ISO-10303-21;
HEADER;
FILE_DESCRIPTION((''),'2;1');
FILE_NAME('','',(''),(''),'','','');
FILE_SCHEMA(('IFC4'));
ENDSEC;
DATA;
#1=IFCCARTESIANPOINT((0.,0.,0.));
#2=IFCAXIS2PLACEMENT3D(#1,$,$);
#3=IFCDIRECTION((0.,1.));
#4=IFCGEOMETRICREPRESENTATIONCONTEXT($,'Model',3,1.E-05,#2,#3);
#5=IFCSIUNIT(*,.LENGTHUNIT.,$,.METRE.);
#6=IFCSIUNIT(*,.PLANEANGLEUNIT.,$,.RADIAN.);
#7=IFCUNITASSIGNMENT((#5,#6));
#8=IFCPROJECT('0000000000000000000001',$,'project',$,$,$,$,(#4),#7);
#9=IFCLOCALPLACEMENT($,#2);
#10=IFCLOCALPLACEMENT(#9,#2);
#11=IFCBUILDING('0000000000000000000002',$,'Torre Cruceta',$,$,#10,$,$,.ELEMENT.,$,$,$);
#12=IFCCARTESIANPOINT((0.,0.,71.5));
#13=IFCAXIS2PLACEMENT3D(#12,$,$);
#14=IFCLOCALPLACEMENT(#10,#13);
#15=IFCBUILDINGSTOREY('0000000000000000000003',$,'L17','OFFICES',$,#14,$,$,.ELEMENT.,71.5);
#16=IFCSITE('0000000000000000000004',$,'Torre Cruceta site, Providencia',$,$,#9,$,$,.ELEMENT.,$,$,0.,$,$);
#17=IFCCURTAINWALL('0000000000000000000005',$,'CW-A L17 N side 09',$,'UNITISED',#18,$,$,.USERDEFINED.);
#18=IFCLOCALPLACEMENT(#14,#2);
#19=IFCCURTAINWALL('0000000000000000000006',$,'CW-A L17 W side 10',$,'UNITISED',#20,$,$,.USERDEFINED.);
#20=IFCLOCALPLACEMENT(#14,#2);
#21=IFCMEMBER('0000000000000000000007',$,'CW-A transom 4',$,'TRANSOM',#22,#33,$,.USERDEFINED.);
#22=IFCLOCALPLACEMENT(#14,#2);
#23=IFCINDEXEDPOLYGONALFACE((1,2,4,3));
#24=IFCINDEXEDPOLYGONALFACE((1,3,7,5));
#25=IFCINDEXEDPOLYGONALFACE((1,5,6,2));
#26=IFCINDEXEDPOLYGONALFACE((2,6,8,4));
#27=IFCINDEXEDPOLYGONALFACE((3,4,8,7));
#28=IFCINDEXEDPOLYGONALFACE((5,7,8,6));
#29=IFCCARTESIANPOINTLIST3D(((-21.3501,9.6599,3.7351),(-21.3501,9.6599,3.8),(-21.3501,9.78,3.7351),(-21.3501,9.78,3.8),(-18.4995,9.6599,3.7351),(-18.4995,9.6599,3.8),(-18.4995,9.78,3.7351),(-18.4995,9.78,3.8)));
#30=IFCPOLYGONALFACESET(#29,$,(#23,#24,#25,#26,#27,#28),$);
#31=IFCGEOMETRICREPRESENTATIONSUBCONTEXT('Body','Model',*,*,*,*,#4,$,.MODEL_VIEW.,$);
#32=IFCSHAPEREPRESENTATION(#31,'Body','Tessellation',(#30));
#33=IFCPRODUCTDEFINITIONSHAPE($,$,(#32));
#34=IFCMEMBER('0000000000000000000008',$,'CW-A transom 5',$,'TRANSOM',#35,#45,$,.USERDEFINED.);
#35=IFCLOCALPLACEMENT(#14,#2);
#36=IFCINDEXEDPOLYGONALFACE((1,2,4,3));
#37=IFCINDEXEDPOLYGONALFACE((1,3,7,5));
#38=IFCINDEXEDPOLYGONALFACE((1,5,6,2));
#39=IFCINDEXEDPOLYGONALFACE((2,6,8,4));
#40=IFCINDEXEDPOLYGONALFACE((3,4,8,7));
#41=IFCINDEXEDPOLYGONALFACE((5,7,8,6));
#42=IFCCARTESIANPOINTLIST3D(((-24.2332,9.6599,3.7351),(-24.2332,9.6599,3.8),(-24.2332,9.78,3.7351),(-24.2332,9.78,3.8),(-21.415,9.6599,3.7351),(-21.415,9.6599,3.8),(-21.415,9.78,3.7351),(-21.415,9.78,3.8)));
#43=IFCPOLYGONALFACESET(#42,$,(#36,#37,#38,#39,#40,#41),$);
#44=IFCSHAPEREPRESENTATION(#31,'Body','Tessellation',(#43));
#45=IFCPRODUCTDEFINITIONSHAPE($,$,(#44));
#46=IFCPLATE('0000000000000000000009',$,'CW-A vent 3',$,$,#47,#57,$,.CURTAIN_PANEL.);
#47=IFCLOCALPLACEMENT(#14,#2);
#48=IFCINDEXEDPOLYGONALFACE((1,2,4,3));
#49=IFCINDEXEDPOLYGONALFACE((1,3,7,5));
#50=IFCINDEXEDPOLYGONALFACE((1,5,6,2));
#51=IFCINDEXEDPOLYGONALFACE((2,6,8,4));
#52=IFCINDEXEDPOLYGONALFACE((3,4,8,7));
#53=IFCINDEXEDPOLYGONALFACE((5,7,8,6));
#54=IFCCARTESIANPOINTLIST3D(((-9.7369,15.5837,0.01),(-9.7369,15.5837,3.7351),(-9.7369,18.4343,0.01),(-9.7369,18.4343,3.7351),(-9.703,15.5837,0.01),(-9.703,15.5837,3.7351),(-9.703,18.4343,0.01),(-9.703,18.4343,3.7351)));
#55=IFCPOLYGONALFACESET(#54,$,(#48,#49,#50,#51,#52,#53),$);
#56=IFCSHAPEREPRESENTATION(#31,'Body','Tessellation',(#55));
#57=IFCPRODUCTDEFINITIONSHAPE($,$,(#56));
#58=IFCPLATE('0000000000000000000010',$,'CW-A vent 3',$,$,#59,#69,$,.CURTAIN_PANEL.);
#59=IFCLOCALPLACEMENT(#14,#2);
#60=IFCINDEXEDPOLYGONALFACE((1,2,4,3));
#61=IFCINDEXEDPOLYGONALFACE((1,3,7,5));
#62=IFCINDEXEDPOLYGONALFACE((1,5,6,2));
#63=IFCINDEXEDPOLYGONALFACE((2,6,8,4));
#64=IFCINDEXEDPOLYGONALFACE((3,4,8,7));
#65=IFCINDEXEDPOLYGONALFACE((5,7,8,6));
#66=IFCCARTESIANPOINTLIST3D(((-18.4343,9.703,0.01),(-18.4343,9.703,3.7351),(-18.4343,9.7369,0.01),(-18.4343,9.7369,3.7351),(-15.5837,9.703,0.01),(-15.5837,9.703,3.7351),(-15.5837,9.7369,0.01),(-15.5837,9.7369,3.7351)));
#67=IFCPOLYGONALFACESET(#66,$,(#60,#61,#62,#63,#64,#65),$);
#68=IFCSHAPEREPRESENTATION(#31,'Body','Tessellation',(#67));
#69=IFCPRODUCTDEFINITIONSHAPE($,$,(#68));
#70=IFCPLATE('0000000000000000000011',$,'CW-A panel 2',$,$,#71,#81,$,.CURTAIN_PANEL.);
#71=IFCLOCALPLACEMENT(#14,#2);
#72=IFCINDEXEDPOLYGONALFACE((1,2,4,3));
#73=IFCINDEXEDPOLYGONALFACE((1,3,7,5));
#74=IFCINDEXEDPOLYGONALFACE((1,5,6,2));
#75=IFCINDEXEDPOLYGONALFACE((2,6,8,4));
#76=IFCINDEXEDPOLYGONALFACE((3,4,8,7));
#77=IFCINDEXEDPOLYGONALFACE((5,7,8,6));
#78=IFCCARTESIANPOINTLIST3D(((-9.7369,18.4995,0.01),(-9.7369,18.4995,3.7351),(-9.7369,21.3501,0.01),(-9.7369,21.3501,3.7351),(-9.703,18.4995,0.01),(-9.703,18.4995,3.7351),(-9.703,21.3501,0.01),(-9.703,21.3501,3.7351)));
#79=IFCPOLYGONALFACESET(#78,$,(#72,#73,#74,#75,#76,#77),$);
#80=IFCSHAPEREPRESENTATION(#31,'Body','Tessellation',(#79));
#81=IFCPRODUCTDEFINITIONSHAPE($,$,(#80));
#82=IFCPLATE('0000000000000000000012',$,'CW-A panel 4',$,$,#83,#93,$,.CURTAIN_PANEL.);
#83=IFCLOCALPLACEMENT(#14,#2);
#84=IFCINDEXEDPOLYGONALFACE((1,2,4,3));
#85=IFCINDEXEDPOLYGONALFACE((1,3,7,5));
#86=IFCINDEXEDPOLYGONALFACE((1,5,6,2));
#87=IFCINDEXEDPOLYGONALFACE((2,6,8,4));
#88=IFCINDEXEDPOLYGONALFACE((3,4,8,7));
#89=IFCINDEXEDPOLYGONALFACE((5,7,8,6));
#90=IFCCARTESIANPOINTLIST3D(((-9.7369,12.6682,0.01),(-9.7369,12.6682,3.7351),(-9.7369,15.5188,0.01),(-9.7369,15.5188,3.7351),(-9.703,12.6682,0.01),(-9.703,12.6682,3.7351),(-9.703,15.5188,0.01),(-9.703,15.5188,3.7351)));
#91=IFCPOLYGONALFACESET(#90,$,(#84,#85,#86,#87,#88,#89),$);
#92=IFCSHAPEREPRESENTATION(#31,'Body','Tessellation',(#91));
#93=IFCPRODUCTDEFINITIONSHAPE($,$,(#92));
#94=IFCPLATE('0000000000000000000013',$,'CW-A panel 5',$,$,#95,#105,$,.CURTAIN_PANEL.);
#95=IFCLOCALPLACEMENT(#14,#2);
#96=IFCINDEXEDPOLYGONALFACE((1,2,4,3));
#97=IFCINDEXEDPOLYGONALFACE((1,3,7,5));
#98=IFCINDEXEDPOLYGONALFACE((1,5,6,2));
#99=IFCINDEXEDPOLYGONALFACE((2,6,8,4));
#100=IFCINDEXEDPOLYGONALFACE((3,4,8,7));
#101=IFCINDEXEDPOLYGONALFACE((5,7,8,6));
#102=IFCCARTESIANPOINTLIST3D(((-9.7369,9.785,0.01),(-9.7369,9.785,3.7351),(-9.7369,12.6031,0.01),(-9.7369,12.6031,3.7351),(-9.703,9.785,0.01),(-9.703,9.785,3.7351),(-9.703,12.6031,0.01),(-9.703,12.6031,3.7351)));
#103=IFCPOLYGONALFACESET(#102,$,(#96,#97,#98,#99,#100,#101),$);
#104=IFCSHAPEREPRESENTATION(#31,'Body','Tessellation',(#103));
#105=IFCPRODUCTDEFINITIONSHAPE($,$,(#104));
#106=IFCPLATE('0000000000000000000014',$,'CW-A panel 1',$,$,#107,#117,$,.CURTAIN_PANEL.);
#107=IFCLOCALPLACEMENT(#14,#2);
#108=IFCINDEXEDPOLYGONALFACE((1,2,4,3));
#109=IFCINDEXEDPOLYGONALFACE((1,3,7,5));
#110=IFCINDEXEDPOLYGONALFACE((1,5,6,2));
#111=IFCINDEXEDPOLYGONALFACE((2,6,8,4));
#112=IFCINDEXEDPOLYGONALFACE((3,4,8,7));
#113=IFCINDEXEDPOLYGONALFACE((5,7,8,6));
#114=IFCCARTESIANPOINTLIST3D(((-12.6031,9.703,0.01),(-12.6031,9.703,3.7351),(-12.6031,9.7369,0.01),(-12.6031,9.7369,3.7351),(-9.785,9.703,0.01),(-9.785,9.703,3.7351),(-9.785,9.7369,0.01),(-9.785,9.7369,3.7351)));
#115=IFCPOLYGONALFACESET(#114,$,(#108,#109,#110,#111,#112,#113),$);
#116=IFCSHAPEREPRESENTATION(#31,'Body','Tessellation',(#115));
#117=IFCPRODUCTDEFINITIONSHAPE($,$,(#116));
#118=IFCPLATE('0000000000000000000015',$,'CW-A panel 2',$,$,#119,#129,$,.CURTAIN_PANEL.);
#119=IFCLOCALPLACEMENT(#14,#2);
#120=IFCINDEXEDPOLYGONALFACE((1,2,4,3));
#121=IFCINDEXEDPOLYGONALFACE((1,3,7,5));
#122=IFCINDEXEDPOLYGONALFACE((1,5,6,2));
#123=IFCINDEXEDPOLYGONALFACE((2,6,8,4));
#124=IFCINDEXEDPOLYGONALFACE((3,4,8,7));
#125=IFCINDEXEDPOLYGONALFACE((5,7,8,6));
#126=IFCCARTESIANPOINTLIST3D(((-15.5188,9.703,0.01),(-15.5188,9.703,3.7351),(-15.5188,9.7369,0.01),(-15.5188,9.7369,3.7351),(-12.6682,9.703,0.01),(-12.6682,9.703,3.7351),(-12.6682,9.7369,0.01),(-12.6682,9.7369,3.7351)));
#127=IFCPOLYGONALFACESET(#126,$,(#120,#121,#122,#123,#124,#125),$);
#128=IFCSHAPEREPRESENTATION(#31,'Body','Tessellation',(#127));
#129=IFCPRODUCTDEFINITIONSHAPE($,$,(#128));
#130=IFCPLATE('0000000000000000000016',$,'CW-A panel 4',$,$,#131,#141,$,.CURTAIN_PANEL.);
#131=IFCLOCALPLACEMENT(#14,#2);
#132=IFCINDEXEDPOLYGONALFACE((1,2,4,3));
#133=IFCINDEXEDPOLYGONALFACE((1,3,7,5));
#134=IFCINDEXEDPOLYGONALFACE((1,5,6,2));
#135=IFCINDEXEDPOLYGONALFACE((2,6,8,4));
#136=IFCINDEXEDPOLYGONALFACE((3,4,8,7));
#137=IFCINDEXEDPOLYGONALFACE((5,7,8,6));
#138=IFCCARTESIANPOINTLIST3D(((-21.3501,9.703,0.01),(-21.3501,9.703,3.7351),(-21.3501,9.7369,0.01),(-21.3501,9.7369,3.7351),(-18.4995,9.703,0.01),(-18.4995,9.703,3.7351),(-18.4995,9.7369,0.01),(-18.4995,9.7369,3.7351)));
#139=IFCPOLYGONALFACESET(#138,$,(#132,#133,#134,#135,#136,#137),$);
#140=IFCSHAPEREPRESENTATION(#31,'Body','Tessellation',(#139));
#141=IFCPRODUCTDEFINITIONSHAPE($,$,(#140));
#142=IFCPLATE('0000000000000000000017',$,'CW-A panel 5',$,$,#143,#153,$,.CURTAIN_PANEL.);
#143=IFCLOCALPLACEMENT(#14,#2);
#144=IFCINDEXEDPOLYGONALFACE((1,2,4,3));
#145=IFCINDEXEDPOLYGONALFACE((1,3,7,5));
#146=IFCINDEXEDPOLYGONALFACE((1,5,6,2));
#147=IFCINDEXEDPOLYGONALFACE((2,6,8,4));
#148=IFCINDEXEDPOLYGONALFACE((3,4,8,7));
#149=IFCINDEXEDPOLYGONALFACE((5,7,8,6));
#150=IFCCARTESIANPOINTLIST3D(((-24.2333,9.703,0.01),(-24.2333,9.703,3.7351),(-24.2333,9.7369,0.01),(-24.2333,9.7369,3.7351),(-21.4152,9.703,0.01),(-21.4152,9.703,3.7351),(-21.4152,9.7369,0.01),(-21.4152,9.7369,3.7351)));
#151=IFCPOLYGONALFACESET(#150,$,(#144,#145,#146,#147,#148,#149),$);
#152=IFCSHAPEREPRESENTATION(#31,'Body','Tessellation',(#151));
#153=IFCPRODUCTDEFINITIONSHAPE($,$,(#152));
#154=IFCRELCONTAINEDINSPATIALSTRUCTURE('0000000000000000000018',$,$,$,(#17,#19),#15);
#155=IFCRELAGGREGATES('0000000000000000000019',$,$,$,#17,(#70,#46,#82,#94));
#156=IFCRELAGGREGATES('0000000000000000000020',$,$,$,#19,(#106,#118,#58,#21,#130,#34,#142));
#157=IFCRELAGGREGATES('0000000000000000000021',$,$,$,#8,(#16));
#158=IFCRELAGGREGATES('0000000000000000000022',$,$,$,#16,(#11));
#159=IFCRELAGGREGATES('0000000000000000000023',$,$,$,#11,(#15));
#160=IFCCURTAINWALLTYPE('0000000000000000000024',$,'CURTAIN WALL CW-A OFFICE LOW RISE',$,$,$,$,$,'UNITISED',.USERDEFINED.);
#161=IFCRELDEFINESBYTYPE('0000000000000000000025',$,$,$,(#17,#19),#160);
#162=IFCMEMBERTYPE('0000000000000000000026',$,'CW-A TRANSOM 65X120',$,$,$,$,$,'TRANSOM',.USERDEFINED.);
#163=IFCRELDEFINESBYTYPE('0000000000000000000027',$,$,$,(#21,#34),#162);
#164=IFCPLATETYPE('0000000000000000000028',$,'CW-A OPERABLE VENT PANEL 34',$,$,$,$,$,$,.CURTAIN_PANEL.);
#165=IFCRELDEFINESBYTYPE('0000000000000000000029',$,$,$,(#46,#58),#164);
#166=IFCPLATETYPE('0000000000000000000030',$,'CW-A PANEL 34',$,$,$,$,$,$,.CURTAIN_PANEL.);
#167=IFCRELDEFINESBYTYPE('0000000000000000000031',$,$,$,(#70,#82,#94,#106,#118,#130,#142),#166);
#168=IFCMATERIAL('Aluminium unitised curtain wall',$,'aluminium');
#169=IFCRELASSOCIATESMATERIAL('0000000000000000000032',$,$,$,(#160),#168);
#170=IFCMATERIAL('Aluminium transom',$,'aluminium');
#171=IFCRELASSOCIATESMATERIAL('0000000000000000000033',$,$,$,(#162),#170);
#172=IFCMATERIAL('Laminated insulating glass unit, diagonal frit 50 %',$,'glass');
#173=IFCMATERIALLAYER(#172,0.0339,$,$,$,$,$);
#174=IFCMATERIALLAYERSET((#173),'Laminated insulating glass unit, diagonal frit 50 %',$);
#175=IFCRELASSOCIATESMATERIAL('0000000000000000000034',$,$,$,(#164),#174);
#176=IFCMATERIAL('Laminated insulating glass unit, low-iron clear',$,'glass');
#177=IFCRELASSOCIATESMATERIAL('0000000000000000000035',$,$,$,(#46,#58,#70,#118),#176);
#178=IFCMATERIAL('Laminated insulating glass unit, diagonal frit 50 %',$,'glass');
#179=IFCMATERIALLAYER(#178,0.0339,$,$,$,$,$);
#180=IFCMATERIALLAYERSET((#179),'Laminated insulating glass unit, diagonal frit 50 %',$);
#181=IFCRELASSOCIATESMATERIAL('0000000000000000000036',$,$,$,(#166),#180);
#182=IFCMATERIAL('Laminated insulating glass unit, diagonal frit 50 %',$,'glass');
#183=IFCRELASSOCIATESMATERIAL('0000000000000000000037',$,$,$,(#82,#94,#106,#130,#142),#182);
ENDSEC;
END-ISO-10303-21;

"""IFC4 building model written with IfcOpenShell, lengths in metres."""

from ifc_helpers import new_model, si_unit, direction, frame, origin, origin_2d, place, context, subcontext, project, spatial, rectangle, extrude, material, layer, layer_set, material_profile, profile_set, type_object, element, aggregate, save


model = new_model("IFC4")

# Units and contexts
model_context = context("Model", 3, precision=1e-05, world=origin(), true_north=direction((0.0, 1.0)))
body_context = subcontext(model_context, "Body", "Model", "MODEL_VIEW")
ifc_project = project(units=[si_unit("LENGTHUNIT", "METRE"), si_unit("PLANEANGLEUNIT", "RADIAN")], contexts=[model_context])

# Site, building, storey
site_placement = place(None, origin())
site = spatial("IfcSite", under=ifc_project, at=site_placement, Name="Torre Cruceta site, Providencia", CompositionType="ELEMENT", RefElevation=0.0)
building_placement = place(site_placement, origin())
building = spatial("IfcBuilding", under=site, at=building_placement, Name="Torre Cruceta", CompositionType="ELEMENT")
storey_placement = place(building_placement, frame((0.0, 0.0, 71.5)))
storey = spatial("IfcBuildingStorey", under=building, at=storey_placement, Name="L17", Description="OFFICES", CompositionType="ELEMENT", Elevation=71.5)

# Curtain walls
ifc_material_1 = material(Name="Aluminium unitised curtain wall", Category="aluminium")
curtain_wall_type = type_object("IfcCurtainWallType", Name="CURTAIN WALL CW-A OFFICE LOW RISE", ElementType="UNITISED", PredefinedType="USERDEFINED", material=ifc_material_1)
curtain_wall_1_placement = place(storey_placement, origin())
curtain_wall_1 = element("IfcCurtainWall", 1, at=curtain_wall_1_placement, inside=storey, type_object=curtain_wall_type, Name="CW-A L17 N side 09", ObjectType="UNITISED", PredefinedType="USERDEFINED")
curtain_wall_2_placement = place(storey_placement, origin())
curtain_wall_2 = element("IfcCurtainWall", 2, at=curtain_wall_2_placement, inside=storey, type_object=curtain_wall_type, Name="CW-A L17 W side 10", ObjectType="UNITISED", PredefinedType="USERDEFINED")

# Members
ifc_material_2 = material(Name="Aluminium transom", Category="aluminium")
ifc_material_profile_1 = material_profile(ifc_material_2, rectangle(XDim=0.1201, YDim=0.0649, at=origin_2d()), Name="AL 120X65")
ifc_profile_set_1 = profile_set([ifc_material_profile_1], Name="Aluminium transom")
member_type_1 = type_object("IfcMemberType", Name="CW-A TRANSOM 65X120", ElementType="TRANSOM", PredefinedType="USERDEFINED", material=ifc_profile_set_1)
member_1_placement = place(storey_placement, frame((-18.4995, 9.72, 3.7676), z_axis=(-1.0, 0.0, 0.0), x_axis=(0.0, -1.0, 0.0)))
member_1 = element("IfcMember", 3, at=member_1_placement, type_object=member_type_1, Name="CW-A transom 4", ObjectType="TRANSOM", PredefinedType="USERDEFINED", context=body_context, shape_type="SweptSolid", body=[
    extrude(rectangle(XDim=0.1201, YDim=0.0649, at=origin_2d()), origin(), (0.0, 0.0, 1.0), 2.8506),
])
member_2_placement = place(storey_placement, frame((-21.415, 9.72, 3.7676), z_axis=(-1.0, 0.0, 0.0), x_axis=(0.0, -1.0, 0.0)))
member_2 = element("IfcMember", 4, at=member_2_placement, type_object=member_type_1, Name="CW-A transom 5", ObjectType="TRANSOM", PredefinedType="USERDEFINED", context=body_context, shape_type="SweptSolid", body=[
    extrude(rectangle(XDim=0.1201, YDim=0.0649, at=origin_2d()), origin(), (0.0, 0.0, 1.0), 2.8181),
])

# Plates
ifc_material_3 = material(Name="Laminated insulating glass unit, low-iron clear", Category="glass")
ifc_material_4 = material(Name="Laminated insulating glass unit, diagonal frit 50 %", Category="glass")
ifc_layer_1 = layer(ifc_material_4, 0.0339)
ifc_layer_set_1 = layer_set([ifc_layer_1], Name="Laminated insulating glass unit, diagonal frit 50 %")
plate_type_1 = type_object("IfcPlateType", Name="CW-A OPERABLE VENT PANEL 34", PredefinedType="CURTAIN_PANEL", material=ifc_layer_set_1)
plate_1_placement = place(storey_placement, frame((-9.72, 17.009, 0.01), z_axis=(0.0, 0.0, 1.0), x_axis=(0.0, -1.0, 0.0)))
plate_1 = element("IfcPlate", 5, at=plate_1_placement, type_object=plate_type_1, material=ifc_material_3, Name="CW-A vent 3", PredefinedType="CURTAIN_PANEL", context=body_context, shape_type="SweptSolid", body=[
    extrude(rectangle(XDim=2.8506, YDim=0.0339, at=origin_2d()), origin(), (0.0, 0.0, 1.0), 3.7251),
])
plate_2_placement = place(storey_placement, frame((-17.009, 9.72, 0.01), z_axis=(0.0, 0.0, 1.0), x_axis=(-1.0, 0.0, 0.0)))
plate_2 = element("IfcPlate", 6, at=plate_2_placement, type_object=plate_type_1, material=ifc_material_3, Name="CW-A vent 3", PredefinedType="CURTAIN_PANEL", context=body_context, shape_type="SweptSolid", body=[
    extrude(rectangle(XDim=2.8506, YDim=0.0339, at=origin_2d()), origin(), (0.0, 0.0, 1.0), 3.7251),
])
ifc_material_5 = material(Name="Laminated insulating glass unit, diagonal frit 50 %", Category="glass")
ifc_layer_2 = layer(ifc_material_5, 0.0339)
ifc_layer_set_2 = layer_set([ifc_layer_2], Name="Laminated insulating glass unit, diagonal frit 50 %")
plate_type_2 = type_object("IfcPlateType", Name="CW-A PANEL 34", PredefinedType="CURTAIN_PANEL", material=ifc_layer_set_2)
plate_3_placement = place(storey_placement, frame((-9.72, 19.9248, 0.01), z_axis=(0.0, 0.0, 1.0), x_axis=(0.0, -1.0, 0.0)))
plate_3 = element("IfcPlate", 7, at=plate_3_placement, type_object=plate_type_2, material=ifc_material_3, Name="CW-A panel 2", PredefinedType="CURTAIN_PANEL", context=body_context, shape_type="SweptSolid", body=[
    extrude(rectangle(XDim=2.8506, YDim=0.0339, at=origin_2d()), origin(), (0.0, 0.0, 1.0), 3.7251),
])
ifc_material_6 = material(Name="Laminated insulating glass unit, diagonal frit 50 %", Category="glass")
plate_4_placement = place(storey_placement, frame((-9.72, 14.0935, 0.01), z_axis=(0.0, 0.0, 1.0), x_axis=(0.0, -1.0, 0.0)))
plate_4 = element("IfcPlate", 8, at=plate_4_placement, type_object=plate_type_2, material=ifc_material_6, Name="CW-A panel 4", PredefinedType="CURTAIN_PANEL", context=body_context, shape_type="SweptSolid", body=[
    extrude(rectangle(XDim=2.8506, YDim=0.0339, at=origin_2d()), origin(), (0.0, 0.0, 1.0), 3.7251),
])
plate_5_placement = place(storey_placement, frame((-9.72, 11.1941, 0.01), z_axis=(0.0, 0.0, 1.0), x_axis=(0.0, -1.0, 0.0)))
plate_5 = element("IfcPlate", 9, at=plate_5_placement, type_object=plate_type_2, material=ifc_material_6, Name="CW-A panel 5", PredefinedType="CURTAIN_PANEL", context=body_context, shape_type="SweptSolid", body=[
    extrude(rectangle(XDim=2.8181, YDim=0.0339, at=origin_2d()), origin(), (0.0, 0.0, 1.0), 3.7251),
])
aggregate(curtain_wall_1, [plate_3, plate_1, plate_4, plate_5])
plate_6_placement = place(storey_placement, frame((-11.1941, 9.72, 0.01), z_axis=(0.0, 0.0, 1.0), x_axis=(-1.0, 0.0, 0.0)))
plate_6 = element("IfcPlate", 10, at=plate_6_placement, type_object=plate_type_2, material=ifc_material_6, Name="CW-A panel 1", PredefinedType="CURTAIN_PANEL", context=body_context, shape_type="SweptSolid", body=[
    extrude(rectangle(XDim=2.8181, YDim=0.0339, at=origin_2d()), origin(), (0.0, 0.0, 1.0), 3.7251),
])
plate_7_placement = place(storey_placement, frame((-14.0935, 9.72, 0.01), z_axis=(0.0, 0.0, 1.0), x_axis=(-1.0, 0.0, 0.0)))
plate_7 = element("IfcPlate", 11, at=plate_7_placement, type_object=plate_type_2, material=ifc_material_3, Name="CW-A panel 2", PredefinedType="CURTAIN_PANEL", context=body_context, shape_type="SweptSolid", body=[
    extrude(rectangle(XDim=2.8506, YDim=0.0339, at=origin_2d()), origin(), (0.0, 0.0, 1.0), 3.7251),
])
plate_8_placement = place(storey_placement, frame((-19.9248, 9.72, 0.01), z_axis=(0.0, 0.0, 1.0), x_axis=(-1.0, 0.0, 0.0)))
plate_8 = element("IfcPlate", 12, at=plate_8_placement, type_object=plate_type_2, material=ifc_material_6, Name="CW-A panel 4", PredefinedType="CURTAIN_PANEL", context=body_context, shape_type="SweptSolid", body=[
    extrude(rectangle(XDim=2.8506, YDim=0.0339, at=origin_2d()), origin(), (0.0, 0.0, 1.0), 3.7251),
])
plate_9_placement = place(storey_placement, frame((-22.8242, 9.72, 0.01), z_axis=(0.0, 0.0, 1.0), x_axis=(-1.0, 0.0, 0.0)))
plate_9 = element("IfcPlate", 13, at=plate_9_placement, type_object=plate_type_2, material=ifc_material_6, Name="CW-A panel 5", PredefinedType="CURTAIN_PANEL", context=body_context, shape_type="SweptSolid", body=[
    extrude(rectangle(XDim=2.8181, YDim=0.0339, at=origin_2d()), origin(), (0.0, 0.0, 1.0), 3.7251),
])
aggregate(curtain_wall_2, [plate_6, plate_7, plate_2, member_1, plate_8, member_2, plate_9])

save(model, "model.ifc")
